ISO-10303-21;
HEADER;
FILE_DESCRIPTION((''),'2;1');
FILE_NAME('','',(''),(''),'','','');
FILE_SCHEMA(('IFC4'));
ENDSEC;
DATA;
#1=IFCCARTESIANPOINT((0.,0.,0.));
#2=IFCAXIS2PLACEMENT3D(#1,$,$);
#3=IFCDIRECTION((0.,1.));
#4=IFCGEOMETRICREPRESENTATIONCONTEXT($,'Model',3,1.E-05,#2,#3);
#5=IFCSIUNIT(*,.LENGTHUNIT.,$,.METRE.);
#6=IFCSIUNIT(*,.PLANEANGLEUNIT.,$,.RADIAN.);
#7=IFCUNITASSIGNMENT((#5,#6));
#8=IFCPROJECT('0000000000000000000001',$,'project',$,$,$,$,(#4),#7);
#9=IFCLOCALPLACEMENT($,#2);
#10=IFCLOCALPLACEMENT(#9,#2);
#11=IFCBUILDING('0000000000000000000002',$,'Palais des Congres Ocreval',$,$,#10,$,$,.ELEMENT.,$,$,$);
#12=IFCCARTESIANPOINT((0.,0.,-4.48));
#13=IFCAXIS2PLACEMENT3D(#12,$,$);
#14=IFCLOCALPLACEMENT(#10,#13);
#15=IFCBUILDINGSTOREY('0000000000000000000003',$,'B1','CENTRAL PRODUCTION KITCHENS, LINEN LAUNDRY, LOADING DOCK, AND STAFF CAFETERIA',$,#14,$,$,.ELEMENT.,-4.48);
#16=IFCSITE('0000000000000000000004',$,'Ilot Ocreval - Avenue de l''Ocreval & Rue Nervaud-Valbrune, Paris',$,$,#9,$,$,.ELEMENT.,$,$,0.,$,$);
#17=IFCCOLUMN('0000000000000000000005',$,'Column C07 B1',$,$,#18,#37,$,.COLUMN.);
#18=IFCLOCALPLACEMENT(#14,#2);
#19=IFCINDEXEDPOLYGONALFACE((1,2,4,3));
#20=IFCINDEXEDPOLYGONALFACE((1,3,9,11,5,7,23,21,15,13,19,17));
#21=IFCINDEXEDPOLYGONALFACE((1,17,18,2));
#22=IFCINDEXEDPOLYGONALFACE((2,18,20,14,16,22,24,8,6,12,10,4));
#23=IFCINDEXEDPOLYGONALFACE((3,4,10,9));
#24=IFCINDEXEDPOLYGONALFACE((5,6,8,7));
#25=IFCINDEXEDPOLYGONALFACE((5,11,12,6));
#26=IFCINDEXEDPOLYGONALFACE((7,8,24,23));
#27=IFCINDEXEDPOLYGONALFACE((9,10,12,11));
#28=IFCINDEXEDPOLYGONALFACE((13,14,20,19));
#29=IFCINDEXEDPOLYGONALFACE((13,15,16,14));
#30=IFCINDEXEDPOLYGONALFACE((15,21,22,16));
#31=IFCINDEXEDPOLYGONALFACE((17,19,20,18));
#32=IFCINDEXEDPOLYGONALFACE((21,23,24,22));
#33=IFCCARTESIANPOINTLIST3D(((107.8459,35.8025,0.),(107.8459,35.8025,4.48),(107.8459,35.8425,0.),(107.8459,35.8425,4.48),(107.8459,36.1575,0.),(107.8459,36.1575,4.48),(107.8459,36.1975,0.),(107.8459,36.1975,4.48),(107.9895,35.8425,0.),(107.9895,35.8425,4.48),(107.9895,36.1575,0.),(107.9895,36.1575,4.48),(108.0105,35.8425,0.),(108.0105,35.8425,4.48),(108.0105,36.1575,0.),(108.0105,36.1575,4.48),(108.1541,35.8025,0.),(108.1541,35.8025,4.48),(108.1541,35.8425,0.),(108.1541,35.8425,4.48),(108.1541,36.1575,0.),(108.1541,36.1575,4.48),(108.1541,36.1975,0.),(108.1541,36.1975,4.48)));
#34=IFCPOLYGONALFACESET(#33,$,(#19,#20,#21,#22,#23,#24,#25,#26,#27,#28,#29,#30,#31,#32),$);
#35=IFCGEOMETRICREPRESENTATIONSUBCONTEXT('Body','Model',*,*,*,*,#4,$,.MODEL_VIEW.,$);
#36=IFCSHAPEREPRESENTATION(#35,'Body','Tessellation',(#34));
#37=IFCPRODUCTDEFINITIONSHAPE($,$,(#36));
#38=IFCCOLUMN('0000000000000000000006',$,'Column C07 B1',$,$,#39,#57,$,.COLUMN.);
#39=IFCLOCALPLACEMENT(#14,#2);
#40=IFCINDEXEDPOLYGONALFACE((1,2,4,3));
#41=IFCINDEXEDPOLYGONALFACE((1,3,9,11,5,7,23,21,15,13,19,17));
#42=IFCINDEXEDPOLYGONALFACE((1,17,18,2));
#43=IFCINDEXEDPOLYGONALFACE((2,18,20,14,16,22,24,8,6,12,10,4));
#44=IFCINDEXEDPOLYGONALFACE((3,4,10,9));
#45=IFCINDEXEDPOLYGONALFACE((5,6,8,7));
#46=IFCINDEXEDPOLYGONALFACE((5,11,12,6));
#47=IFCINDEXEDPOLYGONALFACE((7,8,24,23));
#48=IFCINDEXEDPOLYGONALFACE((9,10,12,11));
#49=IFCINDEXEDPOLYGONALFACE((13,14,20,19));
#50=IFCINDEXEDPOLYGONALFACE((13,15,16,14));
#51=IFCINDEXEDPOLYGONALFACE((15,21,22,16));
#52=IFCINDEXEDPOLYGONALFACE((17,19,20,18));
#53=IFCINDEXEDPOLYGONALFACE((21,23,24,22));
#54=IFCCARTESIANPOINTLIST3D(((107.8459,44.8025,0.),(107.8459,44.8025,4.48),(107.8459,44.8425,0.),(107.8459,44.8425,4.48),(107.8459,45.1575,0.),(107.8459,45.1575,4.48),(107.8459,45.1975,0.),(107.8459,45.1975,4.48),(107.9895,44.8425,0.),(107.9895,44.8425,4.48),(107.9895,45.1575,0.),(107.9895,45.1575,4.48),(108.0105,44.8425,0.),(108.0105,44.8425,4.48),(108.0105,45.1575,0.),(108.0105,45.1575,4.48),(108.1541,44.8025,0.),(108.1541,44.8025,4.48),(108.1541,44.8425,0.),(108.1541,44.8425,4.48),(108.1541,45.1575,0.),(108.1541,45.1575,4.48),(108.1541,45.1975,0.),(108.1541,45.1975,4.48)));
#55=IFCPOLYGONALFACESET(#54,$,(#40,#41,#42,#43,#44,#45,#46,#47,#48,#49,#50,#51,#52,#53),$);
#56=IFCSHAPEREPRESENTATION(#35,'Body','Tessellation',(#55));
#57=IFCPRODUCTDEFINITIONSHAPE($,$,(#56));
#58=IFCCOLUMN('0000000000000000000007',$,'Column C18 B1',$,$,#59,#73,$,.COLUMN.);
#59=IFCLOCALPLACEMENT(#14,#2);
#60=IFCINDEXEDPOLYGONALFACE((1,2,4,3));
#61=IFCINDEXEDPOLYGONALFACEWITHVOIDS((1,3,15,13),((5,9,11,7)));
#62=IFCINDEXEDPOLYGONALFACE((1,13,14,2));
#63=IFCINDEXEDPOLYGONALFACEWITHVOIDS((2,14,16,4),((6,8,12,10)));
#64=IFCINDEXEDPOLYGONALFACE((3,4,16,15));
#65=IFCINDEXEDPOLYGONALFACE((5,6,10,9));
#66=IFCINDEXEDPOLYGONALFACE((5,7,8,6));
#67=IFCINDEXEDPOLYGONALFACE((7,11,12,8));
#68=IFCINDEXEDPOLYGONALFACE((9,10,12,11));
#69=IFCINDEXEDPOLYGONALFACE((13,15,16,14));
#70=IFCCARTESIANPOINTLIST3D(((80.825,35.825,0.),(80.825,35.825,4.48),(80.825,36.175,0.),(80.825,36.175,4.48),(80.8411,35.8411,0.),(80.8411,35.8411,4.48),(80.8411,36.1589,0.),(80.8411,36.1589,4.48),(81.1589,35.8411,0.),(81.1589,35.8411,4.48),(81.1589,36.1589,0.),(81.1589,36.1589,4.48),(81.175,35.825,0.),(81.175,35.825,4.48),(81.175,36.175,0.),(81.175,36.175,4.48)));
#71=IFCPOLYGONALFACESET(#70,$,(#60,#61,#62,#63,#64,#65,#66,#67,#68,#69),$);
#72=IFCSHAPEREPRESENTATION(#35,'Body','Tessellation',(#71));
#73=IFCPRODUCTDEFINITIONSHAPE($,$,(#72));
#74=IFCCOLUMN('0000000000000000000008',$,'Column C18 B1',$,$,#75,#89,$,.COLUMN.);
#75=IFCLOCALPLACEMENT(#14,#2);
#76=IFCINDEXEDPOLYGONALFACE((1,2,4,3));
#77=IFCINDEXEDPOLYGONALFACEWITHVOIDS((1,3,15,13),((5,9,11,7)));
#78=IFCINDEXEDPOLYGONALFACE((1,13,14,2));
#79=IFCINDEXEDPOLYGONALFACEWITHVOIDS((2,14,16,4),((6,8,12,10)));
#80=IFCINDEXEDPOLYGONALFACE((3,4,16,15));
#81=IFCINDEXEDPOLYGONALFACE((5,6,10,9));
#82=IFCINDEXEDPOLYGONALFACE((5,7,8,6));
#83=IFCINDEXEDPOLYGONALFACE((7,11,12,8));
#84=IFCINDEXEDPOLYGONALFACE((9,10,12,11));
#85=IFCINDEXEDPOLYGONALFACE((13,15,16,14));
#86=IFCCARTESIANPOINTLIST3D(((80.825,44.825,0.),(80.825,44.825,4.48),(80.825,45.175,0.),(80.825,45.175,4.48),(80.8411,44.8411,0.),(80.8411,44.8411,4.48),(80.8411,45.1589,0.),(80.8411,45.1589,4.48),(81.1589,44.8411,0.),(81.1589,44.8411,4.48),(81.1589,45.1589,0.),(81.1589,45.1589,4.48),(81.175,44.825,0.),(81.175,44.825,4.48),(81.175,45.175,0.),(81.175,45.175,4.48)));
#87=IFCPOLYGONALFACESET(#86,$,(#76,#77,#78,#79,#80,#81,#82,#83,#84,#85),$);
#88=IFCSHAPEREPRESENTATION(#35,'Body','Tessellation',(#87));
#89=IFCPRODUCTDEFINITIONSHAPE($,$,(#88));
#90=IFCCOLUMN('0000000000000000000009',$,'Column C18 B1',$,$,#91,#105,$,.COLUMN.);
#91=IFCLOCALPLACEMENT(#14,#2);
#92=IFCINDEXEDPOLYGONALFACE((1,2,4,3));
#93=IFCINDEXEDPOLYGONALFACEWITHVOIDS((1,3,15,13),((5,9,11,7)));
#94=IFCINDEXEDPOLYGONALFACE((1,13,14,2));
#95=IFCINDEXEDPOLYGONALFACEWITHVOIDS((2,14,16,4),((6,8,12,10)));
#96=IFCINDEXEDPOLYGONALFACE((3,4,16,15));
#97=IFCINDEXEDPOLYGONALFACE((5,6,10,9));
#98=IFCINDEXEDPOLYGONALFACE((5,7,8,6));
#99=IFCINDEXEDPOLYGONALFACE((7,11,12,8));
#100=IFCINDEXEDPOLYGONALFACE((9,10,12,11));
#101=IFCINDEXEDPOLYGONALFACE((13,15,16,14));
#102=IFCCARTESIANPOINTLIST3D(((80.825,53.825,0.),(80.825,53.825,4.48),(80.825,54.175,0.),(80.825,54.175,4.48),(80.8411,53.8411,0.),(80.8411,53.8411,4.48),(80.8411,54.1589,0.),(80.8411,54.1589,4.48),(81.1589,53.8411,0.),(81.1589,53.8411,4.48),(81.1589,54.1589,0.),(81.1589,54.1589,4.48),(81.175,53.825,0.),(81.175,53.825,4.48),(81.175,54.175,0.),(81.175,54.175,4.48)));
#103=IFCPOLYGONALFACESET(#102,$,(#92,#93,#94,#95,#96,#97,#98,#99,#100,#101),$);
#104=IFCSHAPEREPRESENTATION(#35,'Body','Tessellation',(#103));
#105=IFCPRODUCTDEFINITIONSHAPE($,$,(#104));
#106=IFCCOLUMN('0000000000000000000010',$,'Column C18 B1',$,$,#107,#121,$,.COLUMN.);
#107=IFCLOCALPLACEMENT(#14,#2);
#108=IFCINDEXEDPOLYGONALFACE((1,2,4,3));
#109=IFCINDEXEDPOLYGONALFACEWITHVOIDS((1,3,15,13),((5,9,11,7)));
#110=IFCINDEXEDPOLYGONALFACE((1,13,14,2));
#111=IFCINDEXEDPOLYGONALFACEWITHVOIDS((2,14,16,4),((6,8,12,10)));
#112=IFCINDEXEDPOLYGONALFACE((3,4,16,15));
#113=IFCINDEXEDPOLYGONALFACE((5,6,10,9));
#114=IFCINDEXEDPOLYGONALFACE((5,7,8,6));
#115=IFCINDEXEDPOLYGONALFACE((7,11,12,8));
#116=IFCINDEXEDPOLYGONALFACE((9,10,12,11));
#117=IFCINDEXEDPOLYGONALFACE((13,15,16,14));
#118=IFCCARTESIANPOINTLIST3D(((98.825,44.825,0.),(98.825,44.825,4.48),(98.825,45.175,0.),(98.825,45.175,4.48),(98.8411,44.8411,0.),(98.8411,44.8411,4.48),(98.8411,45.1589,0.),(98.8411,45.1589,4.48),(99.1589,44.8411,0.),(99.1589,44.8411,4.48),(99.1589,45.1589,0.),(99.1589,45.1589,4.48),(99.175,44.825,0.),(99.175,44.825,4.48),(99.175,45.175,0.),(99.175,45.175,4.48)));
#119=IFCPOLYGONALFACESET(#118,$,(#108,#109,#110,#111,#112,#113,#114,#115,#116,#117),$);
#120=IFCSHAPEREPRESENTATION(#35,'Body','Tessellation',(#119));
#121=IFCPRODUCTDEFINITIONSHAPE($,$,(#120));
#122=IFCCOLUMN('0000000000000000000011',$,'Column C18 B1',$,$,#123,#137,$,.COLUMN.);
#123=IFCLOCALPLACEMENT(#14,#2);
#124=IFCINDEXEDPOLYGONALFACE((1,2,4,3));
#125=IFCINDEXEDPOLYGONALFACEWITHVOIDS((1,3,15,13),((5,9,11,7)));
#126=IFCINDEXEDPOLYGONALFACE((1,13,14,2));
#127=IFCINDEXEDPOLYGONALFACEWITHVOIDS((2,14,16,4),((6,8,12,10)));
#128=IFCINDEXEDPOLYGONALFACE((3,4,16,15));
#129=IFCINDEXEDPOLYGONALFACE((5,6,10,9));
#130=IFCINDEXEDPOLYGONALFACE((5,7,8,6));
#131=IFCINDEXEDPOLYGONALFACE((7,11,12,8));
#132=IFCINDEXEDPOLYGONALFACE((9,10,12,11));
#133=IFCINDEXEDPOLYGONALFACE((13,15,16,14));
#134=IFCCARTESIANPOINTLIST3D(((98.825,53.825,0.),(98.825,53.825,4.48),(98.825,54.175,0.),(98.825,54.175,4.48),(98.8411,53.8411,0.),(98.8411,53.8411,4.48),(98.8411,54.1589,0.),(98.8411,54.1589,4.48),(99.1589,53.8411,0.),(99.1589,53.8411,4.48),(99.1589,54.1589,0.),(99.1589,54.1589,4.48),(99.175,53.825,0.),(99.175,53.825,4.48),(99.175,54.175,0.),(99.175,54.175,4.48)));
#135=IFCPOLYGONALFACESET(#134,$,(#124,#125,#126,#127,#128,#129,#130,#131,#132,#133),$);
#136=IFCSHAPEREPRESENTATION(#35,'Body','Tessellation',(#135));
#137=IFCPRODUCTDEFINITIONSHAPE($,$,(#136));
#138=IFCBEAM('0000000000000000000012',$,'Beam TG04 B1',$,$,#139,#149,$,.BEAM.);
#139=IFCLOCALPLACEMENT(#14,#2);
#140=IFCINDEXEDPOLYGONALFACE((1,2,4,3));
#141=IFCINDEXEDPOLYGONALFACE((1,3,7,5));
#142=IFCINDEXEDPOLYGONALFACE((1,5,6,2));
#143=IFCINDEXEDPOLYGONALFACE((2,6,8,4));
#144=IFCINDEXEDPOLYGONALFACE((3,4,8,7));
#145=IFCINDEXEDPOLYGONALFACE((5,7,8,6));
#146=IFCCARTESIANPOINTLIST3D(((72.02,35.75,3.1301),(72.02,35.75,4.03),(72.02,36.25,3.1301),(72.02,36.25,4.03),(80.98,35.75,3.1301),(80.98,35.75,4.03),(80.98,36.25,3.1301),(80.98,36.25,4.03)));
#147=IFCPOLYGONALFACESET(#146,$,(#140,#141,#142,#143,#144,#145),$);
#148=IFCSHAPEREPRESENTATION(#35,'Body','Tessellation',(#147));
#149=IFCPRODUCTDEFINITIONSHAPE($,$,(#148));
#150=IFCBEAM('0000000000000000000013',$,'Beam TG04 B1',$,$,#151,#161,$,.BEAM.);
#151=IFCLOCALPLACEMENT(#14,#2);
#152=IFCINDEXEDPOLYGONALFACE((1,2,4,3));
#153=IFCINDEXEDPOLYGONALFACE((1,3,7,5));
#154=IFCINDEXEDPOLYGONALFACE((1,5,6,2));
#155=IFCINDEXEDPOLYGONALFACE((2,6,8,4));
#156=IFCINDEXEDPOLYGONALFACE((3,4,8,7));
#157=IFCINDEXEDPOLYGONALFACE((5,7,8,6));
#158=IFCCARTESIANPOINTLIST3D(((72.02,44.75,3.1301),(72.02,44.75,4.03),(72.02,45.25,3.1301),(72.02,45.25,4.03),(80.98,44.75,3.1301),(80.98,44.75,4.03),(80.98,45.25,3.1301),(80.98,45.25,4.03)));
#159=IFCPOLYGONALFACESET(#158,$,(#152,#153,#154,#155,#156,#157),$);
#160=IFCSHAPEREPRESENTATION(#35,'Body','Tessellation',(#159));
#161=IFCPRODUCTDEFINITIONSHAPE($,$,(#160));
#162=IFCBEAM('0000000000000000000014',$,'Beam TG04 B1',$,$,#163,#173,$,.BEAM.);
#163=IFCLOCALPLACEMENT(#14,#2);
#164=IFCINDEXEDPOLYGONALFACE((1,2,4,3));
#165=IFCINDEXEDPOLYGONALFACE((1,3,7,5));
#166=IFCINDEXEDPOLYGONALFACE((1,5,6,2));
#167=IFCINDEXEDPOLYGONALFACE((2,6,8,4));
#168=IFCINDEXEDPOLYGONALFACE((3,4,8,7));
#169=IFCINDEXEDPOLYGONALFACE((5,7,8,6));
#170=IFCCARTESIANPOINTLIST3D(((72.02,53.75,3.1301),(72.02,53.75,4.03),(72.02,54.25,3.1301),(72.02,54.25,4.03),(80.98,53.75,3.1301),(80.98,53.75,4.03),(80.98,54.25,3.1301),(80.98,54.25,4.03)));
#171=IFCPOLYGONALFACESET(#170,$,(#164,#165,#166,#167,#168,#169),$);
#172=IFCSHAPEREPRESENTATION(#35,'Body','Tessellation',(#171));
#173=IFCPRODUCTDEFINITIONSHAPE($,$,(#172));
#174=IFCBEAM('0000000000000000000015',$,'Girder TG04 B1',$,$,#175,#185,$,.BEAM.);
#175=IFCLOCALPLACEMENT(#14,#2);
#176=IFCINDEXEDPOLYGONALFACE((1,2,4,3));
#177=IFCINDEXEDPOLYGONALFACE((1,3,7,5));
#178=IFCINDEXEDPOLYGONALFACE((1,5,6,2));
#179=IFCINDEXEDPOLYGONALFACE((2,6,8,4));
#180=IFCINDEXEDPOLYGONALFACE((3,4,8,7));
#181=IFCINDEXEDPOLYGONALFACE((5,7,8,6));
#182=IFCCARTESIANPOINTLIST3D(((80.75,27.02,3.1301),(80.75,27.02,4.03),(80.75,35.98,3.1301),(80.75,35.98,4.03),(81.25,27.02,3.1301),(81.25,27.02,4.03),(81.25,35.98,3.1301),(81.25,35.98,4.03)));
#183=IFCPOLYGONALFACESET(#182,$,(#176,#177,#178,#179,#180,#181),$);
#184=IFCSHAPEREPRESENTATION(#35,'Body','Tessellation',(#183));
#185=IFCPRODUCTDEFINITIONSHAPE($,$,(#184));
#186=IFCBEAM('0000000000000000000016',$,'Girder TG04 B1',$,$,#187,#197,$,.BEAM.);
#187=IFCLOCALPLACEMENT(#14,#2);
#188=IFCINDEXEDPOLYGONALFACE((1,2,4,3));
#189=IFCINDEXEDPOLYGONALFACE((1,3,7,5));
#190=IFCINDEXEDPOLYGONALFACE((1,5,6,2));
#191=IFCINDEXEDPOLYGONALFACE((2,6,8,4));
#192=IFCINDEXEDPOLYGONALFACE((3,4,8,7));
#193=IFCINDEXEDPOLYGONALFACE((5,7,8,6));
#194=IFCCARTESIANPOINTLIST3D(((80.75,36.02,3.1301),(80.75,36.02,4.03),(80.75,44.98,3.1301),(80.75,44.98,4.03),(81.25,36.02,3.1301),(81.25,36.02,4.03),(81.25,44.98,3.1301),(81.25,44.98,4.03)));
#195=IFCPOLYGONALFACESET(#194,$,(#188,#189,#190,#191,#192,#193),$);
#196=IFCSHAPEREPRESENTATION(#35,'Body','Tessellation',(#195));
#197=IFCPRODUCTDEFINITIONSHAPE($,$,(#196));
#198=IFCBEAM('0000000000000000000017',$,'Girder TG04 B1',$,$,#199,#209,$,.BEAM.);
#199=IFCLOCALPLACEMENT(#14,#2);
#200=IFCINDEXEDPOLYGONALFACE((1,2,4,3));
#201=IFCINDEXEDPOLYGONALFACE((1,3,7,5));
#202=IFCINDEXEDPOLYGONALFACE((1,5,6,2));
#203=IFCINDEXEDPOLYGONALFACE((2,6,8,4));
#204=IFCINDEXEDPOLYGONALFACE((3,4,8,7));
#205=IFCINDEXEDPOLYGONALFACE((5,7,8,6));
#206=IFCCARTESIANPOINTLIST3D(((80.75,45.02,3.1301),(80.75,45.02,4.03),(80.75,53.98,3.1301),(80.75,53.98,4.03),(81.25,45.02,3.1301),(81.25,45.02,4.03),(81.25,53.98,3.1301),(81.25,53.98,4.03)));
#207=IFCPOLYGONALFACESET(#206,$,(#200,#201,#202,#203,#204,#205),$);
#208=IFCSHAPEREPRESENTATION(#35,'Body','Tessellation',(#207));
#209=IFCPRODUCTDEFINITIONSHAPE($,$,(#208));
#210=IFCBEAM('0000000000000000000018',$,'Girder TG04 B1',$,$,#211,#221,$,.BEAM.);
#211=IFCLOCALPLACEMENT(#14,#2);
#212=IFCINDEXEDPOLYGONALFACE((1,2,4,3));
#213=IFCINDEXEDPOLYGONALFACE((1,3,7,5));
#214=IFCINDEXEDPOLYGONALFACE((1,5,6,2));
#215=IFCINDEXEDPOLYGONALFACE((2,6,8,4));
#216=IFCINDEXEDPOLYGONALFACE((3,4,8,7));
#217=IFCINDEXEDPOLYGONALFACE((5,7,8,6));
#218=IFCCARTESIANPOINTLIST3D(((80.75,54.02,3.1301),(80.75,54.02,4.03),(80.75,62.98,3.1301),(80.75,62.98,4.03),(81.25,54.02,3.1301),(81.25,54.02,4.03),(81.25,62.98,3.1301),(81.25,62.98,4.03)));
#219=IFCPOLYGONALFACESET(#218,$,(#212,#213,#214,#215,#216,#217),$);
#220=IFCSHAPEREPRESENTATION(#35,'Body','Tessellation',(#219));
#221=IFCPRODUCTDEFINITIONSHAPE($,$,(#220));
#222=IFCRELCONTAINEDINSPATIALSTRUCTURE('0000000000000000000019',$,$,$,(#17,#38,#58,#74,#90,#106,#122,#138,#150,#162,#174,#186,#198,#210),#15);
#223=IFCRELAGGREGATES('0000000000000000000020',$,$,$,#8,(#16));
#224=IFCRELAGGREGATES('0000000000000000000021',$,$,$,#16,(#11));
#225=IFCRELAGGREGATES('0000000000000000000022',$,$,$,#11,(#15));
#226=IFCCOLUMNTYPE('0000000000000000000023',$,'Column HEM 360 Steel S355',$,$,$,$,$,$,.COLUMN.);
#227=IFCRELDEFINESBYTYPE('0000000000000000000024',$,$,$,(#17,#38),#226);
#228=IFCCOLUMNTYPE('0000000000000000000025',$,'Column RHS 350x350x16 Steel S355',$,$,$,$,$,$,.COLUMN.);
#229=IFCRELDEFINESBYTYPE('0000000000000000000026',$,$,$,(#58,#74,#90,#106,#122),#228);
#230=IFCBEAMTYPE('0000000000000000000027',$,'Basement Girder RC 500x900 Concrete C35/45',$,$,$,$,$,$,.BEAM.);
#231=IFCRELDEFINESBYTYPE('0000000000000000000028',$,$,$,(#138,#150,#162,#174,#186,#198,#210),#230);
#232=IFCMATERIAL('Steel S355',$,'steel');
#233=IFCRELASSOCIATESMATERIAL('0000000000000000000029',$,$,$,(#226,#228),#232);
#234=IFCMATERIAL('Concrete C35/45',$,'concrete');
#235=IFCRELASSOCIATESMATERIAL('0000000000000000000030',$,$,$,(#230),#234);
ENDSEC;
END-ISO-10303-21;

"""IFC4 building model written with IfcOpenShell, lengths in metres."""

from ifc_helpers import new_model, si_unit, direction, frame, origin, origin_2d, place, context, subcontext, project, spatial, rectangle, hollow_rectangle, i_section, extrude, material, material_profile, profile_set, type_object, element, save


model = new_model("IFC4")

# Units and contexts
model_context = context("Model", 3, precision=1e-05, world=origin(), true_north=direction((0.0, 1.0)))
body_context = subcontext(model_context, "Body", "Model", "MODEL_VIEW")
ifc_project = project(units=[si_unit("LENGTHUNIT", "METRE"), si_unit("PLANEANGLEUNIT", "RADIAN")], contexts=[model_context])

# Site, building, storey
site_placement = place(None, origin())
site = spatial("IfcSite", under=ifc_project, at=site_placement, Name="Ilot Ocreval - Avenue de l'Ocreval & Rue Nervaud-Valbrune, Paris", CompositionType="ELEMENT", RefElevation=0.0)
building_placement = place(site_placement, origin())
building = spatial("IfcBuilding", under=site, at=building_placement, Name="Palais des Congres Ocreval", CompositionType="ELEMENT")
storey_placement = place(building_placement, frame((0.0, 0.0, -4.48)))
storey = spatial("IfcBuildingStorey", under=building, at=storey_placement, Name="B1", Description="CENTRAL PRODUCTION KITCHENS, LINEN LAUNDRY, LOADING DOCK, AND STAFF CAFETERIA", CompositionType="ELEMENT", Elevation=-4.48)

# Columns
ifc_material_1 = material(Name="Steel S355", Category="steel")
ifc_material_profile_1 = material_profile(ifc_material_1, i_section(OverallWidth=0.3081, OverallDepth=0.395, WebThickness=0.021, FlangeThickness=0.04, at=origin_2d()), Name="HEM 360")
ifc_profile_set_1 = profile_set([ifc_material_profile_1], Name="Steel S355")
column_type_1 = type_object("IfcColumnType", Name="Column HEM 360 Steel S355", PredefinedType="COLUMN", material=ifc_profile_set_1)
for number, where, z_axis, x_axis, name in (
    (1, (108.0, 36.0, 0.0), (0.0, 0.0, 1.0), (1.0, 0.0, 0.0), "Column C07 B1"),
    (2, (108.0, 45.0, 0.0), (0.0, 0.0, 1.0), (1.0, 0.0, 0.0), "Column C07 B1"),
):
    element("IfcColumn", number, at=place(storey_placement, frame(where, z_axis=z_axis, x_axis=x_axis)), inside=storey, type_object=column_type_1, Name=name, PredefinedType="COLUMN", context=body_context, shape_type="SweptSolid", body=[
        extrude(i_section(OverallWidth=0.3081, OverallDepth=0.395, WebThickness=0.021, FlangeThickness=0.04, at=origin_2d()), origin(), (0.0, 0.0, 1.0), 4.48),
    ])
ifc_material_profile_2 = material_profile(ifc_material_1, hollow_rectangle(XDim=0.3501, YDim=0.3501, WallThickness=0.0161, at=origin_2d()), Name="RHS 350x350x16")
ifc_profile_set_2 = profile_set([ifc_material_profile_2], Name="Steel S355")
column_type_2 = type_object("IfcColumnType", Name="Column RHS 350x350x16 Steel S355", PredefinedType="COLUMN", material=ifc_profile_set_2)
for number, where, z_axis, x_axis, name in (
    (3, (81.0, 36.0, 0.0), (0.0, 0.0, 1.0), (1.0, 0.0, 0.0), "Column C18 B1"),
    (4, (81.0, 45.0, 0.0), (0.0, 0.0, 1.0), (1.0, 0.0, 0.0), "Column C18 B1"),
    (5, (81.0, 54.0, 0.0), (0.0, 0.0, 1.0), (1.0, 0.0, 0.0), "Column C18 B1"),
    (6, (99.0, 45.0, 0.0), (0.0, 0.0, 1.0), (1.0, 0.0, 0.0), "Column C18 B1"),
    (7, (99.0, 54.0, 0.0), (0.0, 0.0, 1.0), (1.0, 0.0, 0.0), "Column C18 B1"),
):
    element("IfcColumn", number, at=place(storey_placement, frame(where, z_axis=z_axis, x_axis=x_axis)), inside=storey, type_object=column_type_2, Name=name, PredefinedType="COLUMN", context=body_context, shape_type="SweptSolid", body=[
        extrude(hollow_rectangle(XDim=0.3501, YDim=0.3501, WallThickness=0.0161, at=origin_2d()), origin(), (0.0, 0.0, 1.0), 4.48),
    ])

# Beams
ifc_material_2 = material(Name="Concrete C35/45", Category="concrete")
ifc_material_profile_3 = material_profile(ifc_material_2, rectangle(XDim=0.5, YDim=0.8999, at=origin_2d()), Name="RC 500x900")
ifc_profile_set_3 = profile_set([ifc_material_profile_3], Name="Concrete C35/45")
beam_type = type_object("IfcBeamType", Name="Basement Girder RC 500x900 Concrete C35/45", PredefinedType="BEAM", material=ifc_profile_set_3)
for number, where, z_axis, x_axis, name in (
    (8, (72.02, 36.0, 3.5801), (1.0, 0.0, 0.0), (0.0, 1.0, 0.0), "Beam TG04 B1"),
    (9, (72.02, 45.0, 3.5801), (1.0, 0.0, 0.0), (0.0, 1.0, 0.0), "Beam TG04 B1"),
    (10, (72.02, 54.0, 3.5801), (1.0, 0.0, 0.0), (0.0, 1.0, 0.0), "Beam TG04 B1"),
    (11, (81.0, 27.02, 3.5801), (0.0, 1.0, 0.0), (-1.0, 0.0, 0.0), "Girder TG04 B1"),
    (12, (81.0, 36.02, 3.5801), (0.0, 1.0, 0.0), (-1.0, 0.0, 0.0), "Girder TG04 B1"),
    (13, (81.0, 45.02, 3.5801), (0.0, 1.0, 0.0), (-1.0, 0.0, 0.0), "Girder TG04 B1"),
    (14, (81.0, 54.02, 3.5801), (0.0, 1.0, 0.0), (-1.0, 0.0, 0.0), "Girder TG04 B1"),
):
    element("IfcBeam", number, at=place(storey_placement, frame(where, z_axis=z_axis, x_axis=x_axis)), inside=storey, type_object=beam_type, Name=name, PredefinedType="BEAM", context=body_context, shape_type="SweptSolid", body=[
        extrude(rectangle(XDim=0.5, YDim=0.8999, at=origin_2d()), origin(), (0.0, 0.0, 1.0), 8.96),
    ])

save(model, "model.ifc")
